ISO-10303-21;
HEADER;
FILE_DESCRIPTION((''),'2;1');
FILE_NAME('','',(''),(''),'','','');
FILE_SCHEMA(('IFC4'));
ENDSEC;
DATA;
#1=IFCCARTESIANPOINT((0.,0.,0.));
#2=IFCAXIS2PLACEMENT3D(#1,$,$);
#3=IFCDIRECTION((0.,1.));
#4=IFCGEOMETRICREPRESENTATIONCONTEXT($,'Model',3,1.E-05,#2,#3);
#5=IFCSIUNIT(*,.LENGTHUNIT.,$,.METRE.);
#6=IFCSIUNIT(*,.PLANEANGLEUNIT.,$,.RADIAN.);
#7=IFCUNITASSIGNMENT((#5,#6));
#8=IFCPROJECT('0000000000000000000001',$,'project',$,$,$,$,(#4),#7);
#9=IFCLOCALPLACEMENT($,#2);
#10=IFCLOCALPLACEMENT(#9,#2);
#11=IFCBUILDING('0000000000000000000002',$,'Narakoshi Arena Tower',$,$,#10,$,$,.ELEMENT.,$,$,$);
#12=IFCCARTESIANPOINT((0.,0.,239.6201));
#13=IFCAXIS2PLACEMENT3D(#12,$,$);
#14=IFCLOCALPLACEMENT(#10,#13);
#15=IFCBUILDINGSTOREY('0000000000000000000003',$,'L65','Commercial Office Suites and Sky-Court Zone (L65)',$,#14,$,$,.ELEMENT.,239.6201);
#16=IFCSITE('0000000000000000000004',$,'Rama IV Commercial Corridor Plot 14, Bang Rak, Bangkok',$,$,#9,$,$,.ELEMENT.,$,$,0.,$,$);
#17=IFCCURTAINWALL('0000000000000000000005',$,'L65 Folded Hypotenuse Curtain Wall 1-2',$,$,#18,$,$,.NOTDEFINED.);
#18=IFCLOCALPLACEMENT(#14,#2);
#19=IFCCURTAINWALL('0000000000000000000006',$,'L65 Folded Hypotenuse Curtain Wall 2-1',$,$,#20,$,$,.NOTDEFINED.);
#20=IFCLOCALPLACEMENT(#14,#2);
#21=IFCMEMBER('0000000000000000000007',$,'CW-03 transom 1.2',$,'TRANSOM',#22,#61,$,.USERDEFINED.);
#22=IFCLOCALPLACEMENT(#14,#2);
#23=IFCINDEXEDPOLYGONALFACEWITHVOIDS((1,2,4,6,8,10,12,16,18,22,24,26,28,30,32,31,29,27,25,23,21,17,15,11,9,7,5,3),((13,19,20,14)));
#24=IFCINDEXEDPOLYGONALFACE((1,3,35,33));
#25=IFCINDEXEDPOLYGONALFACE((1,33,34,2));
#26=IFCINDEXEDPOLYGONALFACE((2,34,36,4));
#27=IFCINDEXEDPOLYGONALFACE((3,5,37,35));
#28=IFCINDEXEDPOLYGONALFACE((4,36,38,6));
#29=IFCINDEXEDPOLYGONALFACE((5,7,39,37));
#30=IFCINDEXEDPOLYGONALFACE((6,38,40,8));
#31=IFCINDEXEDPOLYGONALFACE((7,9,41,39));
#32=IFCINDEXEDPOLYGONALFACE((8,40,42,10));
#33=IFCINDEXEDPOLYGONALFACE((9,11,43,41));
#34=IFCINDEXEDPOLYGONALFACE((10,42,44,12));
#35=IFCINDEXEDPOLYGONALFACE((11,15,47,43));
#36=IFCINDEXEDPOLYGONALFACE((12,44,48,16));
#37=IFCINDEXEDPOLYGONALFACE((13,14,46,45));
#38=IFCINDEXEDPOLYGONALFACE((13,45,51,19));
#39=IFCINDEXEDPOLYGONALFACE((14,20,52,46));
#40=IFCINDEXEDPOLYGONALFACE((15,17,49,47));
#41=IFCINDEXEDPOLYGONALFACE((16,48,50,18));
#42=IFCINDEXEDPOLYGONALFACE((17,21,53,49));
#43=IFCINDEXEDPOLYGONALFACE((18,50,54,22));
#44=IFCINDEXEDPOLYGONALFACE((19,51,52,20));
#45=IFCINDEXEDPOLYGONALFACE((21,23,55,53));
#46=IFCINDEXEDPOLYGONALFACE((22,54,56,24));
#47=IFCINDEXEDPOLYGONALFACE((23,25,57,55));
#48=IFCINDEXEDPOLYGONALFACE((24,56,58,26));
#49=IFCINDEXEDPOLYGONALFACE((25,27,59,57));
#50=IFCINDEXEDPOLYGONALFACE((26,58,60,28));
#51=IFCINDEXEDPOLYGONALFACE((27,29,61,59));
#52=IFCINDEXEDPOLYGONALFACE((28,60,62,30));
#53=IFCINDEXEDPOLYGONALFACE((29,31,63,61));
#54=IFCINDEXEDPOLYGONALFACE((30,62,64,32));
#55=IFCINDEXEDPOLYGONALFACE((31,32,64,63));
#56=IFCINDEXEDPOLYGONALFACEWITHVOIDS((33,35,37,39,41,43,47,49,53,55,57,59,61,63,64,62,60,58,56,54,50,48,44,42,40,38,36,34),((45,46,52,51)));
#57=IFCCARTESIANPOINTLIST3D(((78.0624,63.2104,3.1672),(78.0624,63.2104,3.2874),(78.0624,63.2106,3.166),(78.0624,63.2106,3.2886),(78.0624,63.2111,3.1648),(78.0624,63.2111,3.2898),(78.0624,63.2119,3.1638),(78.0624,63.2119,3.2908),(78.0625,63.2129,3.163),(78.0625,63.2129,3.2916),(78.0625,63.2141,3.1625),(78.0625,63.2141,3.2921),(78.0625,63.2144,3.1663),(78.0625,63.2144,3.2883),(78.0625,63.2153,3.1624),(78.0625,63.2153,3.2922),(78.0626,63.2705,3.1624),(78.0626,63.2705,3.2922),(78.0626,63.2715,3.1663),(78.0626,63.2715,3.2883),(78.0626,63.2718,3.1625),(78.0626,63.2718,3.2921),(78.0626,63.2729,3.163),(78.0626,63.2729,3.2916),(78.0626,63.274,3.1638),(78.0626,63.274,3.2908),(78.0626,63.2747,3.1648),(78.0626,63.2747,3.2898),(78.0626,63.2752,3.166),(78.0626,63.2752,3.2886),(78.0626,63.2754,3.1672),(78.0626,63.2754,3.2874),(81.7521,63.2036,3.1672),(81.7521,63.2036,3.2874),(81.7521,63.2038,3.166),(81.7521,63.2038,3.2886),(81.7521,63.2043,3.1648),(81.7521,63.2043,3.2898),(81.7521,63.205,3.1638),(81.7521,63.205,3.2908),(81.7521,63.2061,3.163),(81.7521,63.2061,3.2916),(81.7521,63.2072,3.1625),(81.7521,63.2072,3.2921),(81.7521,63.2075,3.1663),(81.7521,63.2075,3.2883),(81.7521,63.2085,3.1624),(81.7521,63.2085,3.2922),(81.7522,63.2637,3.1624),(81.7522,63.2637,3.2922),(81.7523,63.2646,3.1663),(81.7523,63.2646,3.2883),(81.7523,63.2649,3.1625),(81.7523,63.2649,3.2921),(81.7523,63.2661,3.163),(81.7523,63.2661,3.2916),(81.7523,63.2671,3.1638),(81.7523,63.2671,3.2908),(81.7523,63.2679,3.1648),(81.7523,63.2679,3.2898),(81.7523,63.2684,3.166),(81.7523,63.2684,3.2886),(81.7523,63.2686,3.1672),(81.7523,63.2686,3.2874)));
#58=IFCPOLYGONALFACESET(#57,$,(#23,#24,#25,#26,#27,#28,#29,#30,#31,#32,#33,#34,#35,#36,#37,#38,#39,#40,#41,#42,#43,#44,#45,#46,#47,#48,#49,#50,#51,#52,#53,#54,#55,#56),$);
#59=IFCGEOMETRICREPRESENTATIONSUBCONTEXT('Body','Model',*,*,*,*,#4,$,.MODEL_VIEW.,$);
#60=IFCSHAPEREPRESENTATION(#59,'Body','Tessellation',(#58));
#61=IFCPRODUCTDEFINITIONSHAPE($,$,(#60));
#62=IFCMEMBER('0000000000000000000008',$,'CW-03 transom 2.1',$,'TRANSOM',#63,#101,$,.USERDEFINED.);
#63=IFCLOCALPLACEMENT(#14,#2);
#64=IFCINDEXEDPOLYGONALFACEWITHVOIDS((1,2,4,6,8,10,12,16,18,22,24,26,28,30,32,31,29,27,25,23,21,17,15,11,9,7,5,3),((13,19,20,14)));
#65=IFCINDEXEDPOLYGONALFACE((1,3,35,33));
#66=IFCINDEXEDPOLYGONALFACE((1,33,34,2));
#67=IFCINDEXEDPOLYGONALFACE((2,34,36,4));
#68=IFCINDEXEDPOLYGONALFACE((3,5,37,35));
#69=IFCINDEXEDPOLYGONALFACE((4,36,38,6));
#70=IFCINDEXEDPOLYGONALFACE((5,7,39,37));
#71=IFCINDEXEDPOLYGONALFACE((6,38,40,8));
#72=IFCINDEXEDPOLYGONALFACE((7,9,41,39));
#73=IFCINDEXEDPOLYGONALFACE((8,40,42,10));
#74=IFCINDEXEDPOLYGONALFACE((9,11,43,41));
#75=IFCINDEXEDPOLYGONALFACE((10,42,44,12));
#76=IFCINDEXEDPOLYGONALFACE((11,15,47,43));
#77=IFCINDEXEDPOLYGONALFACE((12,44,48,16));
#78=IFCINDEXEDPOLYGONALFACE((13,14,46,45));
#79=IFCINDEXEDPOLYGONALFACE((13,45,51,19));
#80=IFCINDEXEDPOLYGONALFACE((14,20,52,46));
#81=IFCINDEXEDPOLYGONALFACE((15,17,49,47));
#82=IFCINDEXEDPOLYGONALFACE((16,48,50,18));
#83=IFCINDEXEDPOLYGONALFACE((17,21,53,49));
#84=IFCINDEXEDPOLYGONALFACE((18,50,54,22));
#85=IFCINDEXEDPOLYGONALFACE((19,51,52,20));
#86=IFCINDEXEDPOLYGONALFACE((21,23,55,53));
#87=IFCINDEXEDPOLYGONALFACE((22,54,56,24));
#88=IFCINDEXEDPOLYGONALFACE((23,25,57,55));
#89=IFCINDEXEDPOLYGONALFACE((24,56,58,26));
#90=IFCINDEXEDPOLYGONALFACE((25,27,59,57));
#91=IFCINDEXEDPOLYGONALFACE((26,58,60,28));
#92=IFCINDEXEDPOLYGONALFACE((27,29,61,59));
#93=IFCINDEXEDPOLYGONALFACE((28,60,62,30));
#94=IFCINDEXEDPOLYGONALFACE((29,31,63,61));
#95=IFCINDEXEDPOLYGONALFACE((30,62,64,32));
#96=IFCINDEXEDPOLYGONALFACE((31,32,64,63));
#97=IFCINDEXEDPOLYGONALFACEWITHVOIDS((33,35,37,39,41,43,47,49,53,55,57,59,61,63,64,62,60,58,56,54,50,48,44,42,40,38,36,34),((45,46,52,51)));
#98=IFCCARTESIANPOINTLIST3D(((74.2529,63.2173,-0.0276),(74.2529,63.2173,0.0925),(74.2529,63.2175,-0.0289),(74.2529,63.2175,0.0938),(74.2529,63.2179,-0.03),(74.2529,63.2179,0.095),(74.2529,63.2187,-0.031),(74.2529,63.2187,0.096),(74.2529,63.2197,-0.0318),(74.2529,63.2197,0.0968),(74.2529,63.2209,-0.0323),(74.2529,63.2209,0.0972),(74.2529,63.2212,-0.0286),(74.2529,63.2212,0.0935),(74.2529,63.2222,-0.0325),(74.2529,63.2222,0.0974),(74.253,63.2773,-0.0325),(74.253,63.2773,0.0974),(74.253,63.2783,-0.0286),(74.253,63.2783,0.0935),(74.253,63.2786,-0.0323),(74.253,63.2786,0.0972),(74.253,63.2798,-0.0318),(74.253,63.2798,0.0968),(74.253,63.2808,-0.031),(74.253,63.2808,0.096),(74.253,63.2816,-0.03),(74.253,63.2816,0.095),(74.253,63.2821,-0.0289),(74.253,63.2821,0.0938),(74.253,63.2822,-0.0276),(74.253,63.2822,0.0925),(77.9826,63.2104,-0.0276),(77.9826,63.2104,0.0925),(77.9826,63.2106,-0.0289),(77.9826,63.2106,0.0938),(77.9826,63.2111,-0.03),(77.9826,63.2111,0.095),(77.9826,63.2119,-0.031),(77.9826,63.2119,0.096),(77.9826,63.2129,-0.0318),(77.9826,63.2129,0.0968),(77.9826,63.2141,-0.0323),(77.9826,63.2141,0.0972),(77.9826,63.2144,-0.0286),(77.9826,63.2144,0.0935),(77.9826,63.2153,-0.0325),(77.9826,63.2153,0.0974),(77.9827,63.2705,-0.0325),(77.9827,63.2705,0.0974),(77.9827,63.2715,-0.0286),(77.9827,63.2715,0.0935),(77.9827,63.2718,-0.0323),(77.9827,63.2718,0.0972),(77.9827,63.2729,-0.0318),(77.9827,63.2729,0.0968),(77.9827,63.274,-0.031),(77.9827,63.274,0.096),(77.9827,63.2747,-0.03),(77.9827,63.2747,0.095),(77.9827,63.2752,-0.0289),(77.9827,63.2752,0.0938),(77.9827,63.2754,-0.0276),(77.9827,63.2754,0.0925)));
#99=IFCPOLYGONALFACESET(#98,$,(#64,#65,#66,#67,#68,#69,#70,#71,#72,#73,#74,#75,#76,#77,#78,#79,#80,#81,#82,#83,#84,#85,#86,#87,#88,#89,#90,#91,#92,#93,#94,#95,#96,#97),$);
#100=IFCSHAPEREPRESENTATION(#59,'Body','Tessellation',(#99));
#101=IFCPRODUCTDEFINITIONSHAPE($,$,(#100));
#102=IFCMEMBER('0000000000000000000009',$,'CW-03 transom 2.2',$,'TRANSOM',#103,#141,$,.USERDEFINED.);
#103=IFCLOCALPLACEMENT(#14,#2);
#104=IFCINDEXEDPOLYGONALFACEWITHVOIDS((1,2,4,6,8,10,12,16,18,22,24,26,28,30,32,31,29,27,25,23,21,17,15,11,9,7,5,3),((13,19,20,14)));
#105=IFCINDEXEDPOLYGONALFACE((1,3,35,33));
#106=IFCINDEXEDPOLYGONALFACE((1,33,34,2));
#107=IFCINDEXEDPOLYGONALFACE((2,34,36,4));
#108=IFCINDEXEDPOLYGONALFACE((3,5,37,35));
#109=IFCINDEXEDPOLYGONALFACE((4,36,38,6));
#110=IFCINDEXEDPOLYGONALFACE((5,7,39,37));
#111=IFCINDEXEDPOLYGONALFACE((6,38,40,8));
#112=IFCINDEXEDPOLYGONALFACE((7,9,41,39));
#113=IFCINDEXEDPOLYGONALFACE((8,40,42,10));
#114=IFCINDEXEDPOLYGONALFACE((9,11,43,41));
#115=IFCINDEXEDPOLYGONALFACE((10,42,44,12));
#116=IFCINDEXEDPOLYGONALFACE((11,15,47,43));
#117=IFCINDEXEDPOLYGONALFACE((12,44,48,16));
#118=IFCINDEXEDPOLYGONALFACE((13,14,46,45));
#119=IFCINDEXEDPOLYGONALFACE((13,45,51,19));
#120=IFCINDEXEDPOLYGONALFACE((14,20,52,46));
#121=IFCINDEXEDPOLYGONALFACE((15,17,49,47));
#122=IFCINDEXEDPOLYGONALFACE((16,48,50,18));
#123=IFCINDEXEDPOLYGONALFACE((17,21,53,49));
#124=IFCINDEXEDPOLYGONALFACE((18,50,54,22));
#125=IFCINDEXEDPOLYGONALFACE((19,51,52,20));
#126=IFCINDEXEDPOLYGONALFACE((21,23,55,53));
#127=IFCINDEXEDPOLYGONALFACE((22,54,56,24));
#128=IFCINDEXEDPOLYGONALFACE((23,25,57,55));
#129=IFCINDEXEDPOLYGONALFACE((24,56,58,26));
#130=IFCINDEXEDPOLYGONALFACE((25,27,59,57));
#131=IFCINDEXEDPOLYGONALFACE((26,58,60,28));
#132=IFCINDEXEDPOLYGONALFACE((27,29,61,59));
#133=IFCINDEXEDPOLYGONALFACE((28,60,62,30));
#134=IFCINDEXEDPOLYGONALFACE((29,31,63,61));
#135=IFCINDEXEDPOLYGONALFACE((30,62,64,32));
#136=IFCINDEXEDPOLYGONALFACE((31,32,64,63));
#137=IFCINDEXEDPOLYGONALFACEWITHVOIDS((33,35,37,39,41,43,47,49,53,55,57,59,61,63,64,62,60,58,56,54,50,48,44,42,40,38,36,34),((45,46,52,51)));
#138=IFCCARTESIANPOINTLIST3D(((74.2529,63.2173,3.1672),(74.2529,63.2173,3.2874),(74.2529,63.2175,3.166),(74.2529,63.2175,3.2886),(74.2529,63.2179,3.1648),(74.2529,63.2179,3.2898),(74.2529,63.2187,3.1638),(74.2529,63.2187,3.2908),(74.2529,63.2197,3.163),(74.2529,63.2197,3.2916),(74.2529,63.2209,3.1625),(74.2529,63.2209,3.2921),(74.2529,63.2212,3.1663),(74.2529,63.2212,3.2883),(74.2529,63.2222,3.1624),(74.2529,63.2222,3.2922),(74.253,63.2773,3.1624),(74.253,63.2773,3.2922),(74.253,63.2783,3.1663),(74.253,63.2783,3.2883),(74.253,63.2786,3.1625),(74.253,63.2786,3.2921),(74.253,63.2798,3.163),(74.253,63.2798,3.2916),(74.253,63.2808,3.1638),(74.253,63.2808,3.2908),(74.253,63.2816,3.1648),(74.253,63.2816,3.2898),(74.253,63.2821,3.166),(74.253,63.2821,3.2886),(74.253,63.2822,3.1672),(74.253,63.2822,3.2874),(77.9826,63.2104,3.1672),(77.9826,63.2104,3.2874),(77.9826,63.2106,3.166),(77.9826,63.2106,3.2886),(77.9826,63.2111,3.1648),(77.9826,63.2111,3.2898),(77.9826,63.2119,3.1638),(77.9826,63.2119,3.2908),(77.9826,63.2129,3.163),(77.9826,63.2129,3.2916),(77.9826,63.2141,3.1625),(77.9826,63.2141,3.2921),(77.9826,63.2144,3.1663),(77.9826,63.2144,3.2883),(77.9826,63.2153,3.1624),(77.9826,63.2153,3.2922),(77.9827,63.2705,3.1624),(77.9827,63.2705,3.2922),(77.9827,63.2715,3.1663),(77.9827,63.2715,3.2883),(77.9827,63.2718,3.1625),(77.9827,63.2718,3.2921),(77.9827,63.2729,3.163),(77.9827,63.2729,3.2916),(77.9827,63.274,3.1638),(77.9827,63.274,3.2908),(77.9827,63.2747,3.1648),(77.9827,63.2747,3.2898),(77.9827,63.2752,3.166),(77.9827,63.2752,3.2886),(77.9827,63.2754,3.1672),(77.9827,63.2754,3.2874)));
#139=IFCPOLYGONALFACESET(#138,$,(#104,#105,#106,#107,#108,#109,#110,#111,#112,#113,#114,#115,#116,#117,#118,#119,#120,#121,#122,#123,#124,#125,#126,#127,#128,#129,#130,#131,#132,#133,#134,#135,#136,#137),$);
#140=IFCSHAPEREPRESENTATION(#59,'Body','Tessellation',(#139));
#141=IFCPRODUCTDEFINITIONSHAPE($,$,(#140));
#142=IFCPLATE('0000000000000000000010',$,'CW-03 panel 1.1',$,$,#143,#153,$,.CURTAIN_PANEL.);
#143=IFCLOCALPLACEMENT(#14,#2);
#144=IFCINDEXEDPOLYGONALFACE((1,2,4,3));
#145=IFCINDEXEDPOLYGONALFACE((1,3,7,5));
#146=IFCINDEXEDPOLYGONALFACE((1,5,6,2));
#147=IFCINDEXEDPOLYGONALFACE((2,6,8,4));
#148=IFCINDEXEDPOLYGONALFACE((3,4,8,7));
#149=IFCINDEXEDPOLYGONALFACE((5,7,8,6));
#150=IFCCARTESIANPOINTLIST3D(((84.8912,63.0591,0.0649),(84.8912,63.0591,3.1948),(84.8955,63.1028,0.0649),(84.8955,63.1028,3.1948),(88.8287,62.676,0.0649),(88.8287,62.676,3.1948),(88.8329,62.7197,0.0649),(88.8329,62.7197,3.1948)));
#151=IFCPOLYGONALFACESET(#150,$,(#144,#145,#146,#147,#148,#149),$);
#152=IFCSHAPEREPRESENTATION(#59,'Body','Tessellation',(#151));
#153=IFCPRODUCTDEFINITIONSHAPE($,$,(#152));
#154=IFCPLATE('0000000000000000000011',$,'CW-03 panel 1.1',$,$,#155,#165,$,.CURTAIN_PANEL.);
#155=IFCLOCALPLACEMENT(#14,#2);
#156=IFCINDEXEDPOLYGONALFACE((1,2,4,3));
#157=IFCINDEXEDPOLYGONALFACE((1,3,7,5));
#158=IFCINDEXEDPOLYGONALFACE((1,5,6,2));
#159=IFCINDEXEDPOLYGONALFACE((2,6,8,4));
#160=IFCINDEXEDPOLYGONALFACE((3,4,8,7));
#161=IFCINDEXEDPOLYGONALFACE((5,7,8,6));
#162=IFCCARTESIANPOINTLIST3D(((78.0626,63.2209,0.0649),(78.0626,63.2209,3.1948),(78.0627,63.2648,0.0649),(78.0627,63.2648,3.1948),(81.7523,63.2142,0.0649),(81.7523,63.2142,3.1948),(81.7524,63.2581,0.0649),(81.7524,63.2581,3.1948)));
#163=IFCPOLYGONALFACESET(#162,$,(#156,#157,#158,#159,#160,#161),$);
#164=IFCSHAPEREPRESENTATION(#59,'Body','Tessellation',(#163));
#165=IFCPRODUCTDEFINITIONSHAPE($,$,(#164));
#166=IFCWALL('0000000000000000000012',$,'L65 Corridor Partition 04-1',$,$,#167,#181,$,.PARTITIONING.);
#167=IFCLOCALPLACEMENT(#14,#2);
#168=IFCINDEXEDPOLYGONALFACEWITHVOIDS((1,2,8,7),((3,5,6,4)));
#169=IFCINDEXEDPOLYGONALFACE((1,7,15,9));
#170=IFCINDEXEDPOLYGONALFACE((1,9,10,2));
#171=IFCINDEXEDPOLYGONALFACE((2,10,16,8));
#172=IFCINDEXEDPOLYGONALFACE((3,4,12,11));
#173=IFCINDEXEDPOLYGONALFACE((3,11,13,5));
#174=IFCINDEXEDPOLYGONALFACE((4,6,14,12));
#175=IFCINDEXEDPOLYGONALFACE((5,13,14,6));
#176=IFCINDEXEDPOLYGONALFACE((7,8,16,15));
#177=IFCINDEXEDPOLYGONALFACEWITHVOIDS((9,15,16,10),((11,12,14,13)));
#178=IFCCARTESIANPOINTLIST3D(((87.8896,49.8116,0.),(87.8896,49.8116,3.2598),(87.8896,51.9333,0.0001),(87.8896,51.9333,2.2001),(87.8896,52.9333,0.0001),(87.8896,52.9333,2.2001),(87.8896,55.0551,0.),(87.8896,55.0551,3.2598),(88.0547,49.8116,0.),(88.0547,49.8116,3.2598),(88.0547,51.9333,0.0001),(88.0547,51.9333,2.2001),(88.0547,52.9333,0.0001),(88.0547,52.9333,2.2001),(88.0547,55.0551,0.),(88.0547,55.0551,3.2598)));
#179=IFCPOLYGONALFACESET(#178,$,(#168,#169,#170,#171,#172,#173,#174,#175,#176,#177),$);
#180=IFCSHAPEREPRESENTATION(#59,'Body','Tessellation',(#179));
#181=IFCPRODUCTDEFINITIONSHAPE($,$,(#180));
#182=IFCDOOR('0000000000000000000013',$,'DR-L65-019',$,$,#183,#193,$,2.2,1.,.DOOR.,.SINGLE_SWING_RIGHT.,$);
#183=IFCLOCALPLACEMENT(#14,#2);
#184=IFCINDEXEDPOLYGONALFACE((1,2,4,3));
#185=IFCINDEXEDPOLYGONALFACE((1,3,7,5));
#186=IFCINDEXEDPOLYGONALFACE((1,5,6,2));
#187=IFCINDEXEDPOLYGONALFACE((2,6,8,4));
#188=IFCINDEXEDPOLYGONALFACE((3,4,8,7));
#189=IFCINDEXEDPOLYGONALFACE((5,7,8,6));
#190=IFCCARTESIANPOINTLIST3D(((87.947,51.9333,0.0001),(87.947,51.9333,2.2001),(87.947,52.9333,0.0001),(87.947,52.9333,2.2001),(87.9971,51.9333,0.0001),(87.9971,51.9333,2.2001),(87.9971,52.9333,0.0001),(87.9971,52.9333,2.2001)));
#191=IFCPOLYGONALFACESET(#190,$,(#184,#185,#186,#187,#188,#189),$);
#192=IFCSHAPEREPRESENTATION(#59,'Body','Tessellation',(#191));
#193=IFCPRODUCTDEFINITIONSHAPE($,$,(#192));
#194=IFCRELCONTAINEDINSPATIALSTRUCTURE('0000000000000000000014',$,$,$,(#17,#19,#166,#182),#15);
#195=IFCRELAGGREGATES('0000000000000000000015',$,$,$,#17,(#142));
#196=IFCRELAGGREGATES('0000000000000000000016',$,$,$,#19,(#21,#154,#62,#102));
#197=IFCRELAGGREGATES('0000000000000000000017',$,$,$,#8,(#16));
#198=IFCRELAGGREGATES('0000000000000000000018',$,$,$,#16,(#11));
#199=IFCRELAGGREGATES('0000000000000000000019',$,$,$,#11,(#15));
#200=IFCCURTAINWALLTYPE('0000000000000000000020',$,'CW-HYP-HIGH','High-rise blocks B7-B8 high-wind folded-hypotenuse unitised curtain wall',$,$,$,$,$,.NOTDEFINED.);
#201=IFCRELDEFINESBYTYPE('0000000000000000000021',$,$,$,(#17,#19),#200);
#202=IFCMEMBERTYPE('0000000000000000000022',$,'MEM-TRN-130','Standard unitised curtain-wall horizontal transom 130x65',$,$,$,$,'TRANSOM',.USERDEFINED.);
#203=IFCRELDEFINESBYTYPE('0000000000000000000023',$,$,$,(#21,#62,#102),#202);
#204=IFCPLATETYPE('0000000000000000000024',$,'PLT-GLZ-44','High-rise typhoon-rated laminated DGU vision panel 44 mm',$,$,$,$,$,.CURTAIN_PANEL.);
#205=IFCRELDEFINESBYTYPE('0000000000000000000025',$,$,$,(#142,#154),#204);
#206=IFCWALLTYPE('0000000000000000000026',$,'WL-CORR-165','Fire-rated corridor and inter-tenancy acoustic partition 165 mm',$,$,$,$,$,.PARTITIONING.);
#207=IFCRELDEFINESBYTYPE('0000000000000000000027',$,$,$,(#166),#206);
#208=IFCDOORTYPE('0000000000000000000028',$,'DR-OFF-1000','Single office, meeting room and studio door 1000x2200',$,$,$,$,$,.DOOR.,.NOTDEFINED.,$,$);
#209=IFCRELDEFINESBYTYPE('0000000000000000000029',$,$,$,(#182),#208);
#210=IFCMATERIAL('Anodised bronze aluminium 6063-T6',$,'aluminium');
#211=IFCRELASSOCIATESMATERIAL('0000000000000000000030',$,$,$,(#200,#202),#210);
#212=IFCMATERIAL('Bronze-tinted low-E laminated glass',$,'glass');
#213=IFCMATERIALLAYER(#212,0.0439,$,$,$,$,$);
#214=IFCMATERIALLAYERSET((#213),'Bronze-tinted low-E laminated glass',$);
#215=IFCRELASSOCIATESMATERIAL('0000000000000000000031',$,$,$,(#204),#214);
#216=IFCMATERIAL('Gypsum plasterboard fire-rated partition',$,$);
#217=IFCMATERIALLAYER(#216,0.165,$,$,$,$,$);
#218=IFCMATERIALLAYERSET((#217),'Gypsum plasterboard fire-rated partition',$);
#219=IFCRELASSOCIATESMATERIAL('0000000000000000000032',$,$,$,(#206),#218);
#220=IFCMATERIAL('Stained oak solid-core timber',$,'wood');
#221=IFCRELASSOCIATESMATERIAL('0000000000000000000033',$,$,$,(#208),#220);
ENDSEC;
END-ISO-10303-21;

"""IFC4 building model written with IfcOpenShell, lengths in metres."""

from ifc_helpers import new_model, si_unit, direction, frame, frame_2d, origin, origin_2d, place, context, subcontext, project, spatial, rectangle, hollow_rectangle, extrude, material, layer, layer_set, material_profile, profile_set, type_object, element, fill, aggregate, save


model = new_model("IFC4")

# Units and contexts
model_context = context("Model", 3, precision=1e-05, world=origin(), true_north=direction((0.0, 1.0)))
body_context = subcontext(model_context, "Body", "Model", "MODEL_VIEW")
ifc_project = project(units=[si_unit("LENGTHUNIT", "METRE"), si_unit("PLANEANGLEUNIT", "RADIAN")], contexts=[model_context])

# Site, building, storey
site_placement = place(None, origin())
site = spatial("IfcSite", under=ifc_project, at=site_placement, Name="Rama IV Commercial Corridor Plot 14, Bang Rak, Bangkok", CompositionType="ELEMENT", RefElevation=0.0)
building_placement = place(site_placement, origin())
building = spatial("IfcBuilding", under=site, at=building_placement, Name="Narakoshi Arena Tower", CompositionType="ELEMENT")
storey_placement = place(building_placement, frame((0.0, 0.0, 239.6201)))
storey = spatial("IfcBuildingStorey", under=building, at=storey_placement, Name="L65", Description="Commercial Office Suites and Sky-Court Zone (L65)", CompositionType="ELEMENT", Elevation=239.6201)

# Curtain wall
ifc_material_1 = material(Name="Anodised bronze aluminium 6063-T6", Category="aluminium")
curtain_wall_type = type_object("IfcCurtainWallType", Name="CW-HYP-HIGH", Description="High-rise blocks B7-B8 high-wind folded-hypotenuse unitised curtain wall", PredefinedType="NOTDEFINED", material=ifc_material_1)
curtain_wall_1_placement = place(storey_placement, origin())
curtain_wall_1 = element("IfcCurtainWall", 1, at=curtain_wall_1_placement, inside=storey, type_object=curtain_wall_type, Name="L65 Folded Hypotenuse Curtain Wall 1-2", PredefinedType="NOTDEFINED")

# Curtain wall, members
curtain_wall_2_placement = place(storey_placement, origin())
curtain_wall_2 = element("IfcCurtainWall", 2, at=curtain_wall_2_placement, inside=storey, type_object=curtain_wall_type, Name="L65 Folded Hypotenuse Curtain Wall 2-1", PredefinedType="NOTDEFINED")
ifc_material_profile_1 = material_profile(ifc_material_1, hollow_rectangle(XDim=0.0649, YDim=0.1299, WallThickness=0.0039, OuterFilletRadius=0.0049, at=origin_2d()), Name="TRN130x65x4")
ifc_profile_set_1 = profile_set([ifc_material_profile_1], Name="Anodised bronze aluminium 6063-T6")
member_type_1 = type_object("IfcMemberType", Name="MEM-TRN-130", Description="Standard unitised curtain-wall horizontal transom 130x65", ElementType="TRANSOM", PredefinedType="USERDEFINED", material=ifc_profile_set_1)
member_1_placement = place(storey_placement, frame((81.7522, 63.2361, 3.2273), z_axis=(-0.999998, 0.001853, 0.0), x_axis=(-0.001853, -0.999998, 0.0)))
member_1 = element("IfcMember", 3, at=member_1_placement, type_object=member_type_1, Name="CW-03 transom 1.2", ObjectType="TRANSOM", PredefinedType="USERDEFINED", context=body_context, shape_type="SweptSolid", body=[
    extrude(hollow_rectangle(XDim=0.0649, YDim=0.1299, WallThickness=0.0039, OuterFilletRadius=0.0049, at=origin_2d()), origin(), (0.0, 0.0, 1.0), 3.6897),
])
member_2_placement = place(storey_placement, frame((77.9827, 63.2429, 0.0325), z_axis=(-0.999998, 0.001833, 0.0), x_axis=(-0.001833, -0.999998, 0.0)))
member_2 = element("IfcMember", 4, at=member_2_placement, type_object=member_type_1, Name="CW-03 transom 2.1", ObjectType="TRANSOM", PredefinedType="USERDEFINED", context=body_context, shape_type="SweptSolid", body=[
    extrude(hollow_rectangle(XDim=0.0649, YDim=0.1299, WallThickness=0.0039, OuterFilletRadius=0.0049, at=origin_2d()), origin(), (0.0, 0.0, 1.0), 3.7297),
])
member_3_placement = place(storey_placement, frame((77.9827, 63.2429, 3.2273), z_axis=(-0.999998, 0.001833, 0.0), x_axis=(-0.001833, -0.999998, 0.0)))
member_3 = element("IfcMember", 5, at=member_3_placement, type_object=member_type_1, Name="CW-03 transom 2.2", ObjectType="TRANSOM", PredefinedType="USERDEFINED", context=body_context, shape_type="SweptSolid", body=[
    extrude(hollow_rectangle(XDim=0.0649, YDim=0.1299, WallThickness=0.0039, OuterFilletRadius=0.0049, at=origin_2d()), origin(), (0.0, 0.0, 1.0), 3.7297),
])

# Plates
ifc_material_2 = material(Name="Bronze-tinted low-E laminated glass", Category="glass")
ifc_layer_1 = layer(ifc_material_2, 0.0439)
ifc_layer_set_1 = layer_set([ifc_layer_1], Name="Bronze-tinted low-E laminated glass")
plate_type = type_object("IfcPlateType", Name="PLT-GLZ-44", Description="High-rise typhoon-rated laminated DGU vision panel 44 mm", PredefinedType="CURTAIN_PANEL", material=ifc_layer_set_1)
plate_1_placement = place(storey_placement, frame((86.8621, 62.8894, 0.0649), z_axis=(0.0, 0.0, 1.0), x_axis=(-0.9953, 0.096843, 0.0)))
plate_1 = element("IfcPlate", 6, at=plate_1_placement, type_object=plate_type, Name="CW-03 panel 1.1", PredefinedType="CURTAIN_PANEL", context=body_context, shape_type="SweptSolid", body=[
    extrude(rectangle(XDim=3.9561, YDim=0.0439, at=origin_2d()), origin(), (0.0, 0.0, 1.0), 3.1299),
])
aggregate(curtain_wall_1, [plate_1])
plate_2_placement = place(storey_placement, frame((79.9075, 63.2395, 0.0649), z_axis=(0.0, 0.0, 1.0), x_axis=(-0.999998, 0.00182, 0.0)))
plate_2 = element("IfcPlate", 7, at=plate_2_placement, type_object=plate_type, Name="CW-03 panel 1.1", PredefinedType="CURTAIN_PANEL", context=body_context, shape_type="SweptSolid", body=[
    extrude(rectangle(XDim=3.6897, YDim=0.0439, at=origin_2d()), origin(), (0.0, 0.0, 1.0), 3.1299),
])
aggregate(curtain_wall_2, [member_1, plate_2, member_2, member_3])

# Wall, opening, door
ifc_material_3 = material(Name="Gypsum plasterboard fire-rated partition")
ifc_layer_2 = layer(ifc_material_3, 0.165)
ifc_layer_set_2 = layer_set([ifc_layer_2], Name="Gypsum plasterboard fire-rated partition")
wall_type_1 = type_object("IfcWallType", Name="WL-CORR-165", Description="Fire-rated corridor and inter-tenancy acoustic partition 165 mm", PredefinedType="PARTITIONING", material=ifc_layer_set_2)
wall_1_placement = place(storey_placement, frame((87.9722, 49.8118, 0.0), z_axis=(0.0, 0.0, 1.0), x_axis=(0.0, 1.0, 0.0)))
wall_1 = element("IfcWall", 8, at=wall_1_placement, inside=storey, type_object=wall_type_1, Name="L65 Corridor Partition 04-1", PredefinedType="PARTITIONING", context=body_context, shape_type="SweptSolid", body=[
    extrude(rectangle(XDim=5.2434, YDim=0.165, at=frame_2d((2.6216, 0.0))), origin(), (0.0, 0.0, 1.0), 3.2598),
])
opening_1_placement = place(wall_1_placement, frame((2.1216, 0.0, 0.0)))
opening_1 = element("IfcOpeningElement", 9, at=opening_1_placement, cuts=wall_1, PredefinedType="OPENING", context=body_context, shape_type="SweptSolid", body=[
    extrude(rectangle(XDim=1.0, YDim=2.2, at=frame_2d((0.5, 1.1001))), frame((0.0, 0.0925, 0.0), z_axis=(0.0, -1.0, 0.0), x_axis=(1.0, 0.0, 0.0)), (0.0, 0.0, 1.0), 0.1851),
])
ifc_material_4 = material(Name="Stained oak solid-core timber", Category="wood")
door_type_1 = type_object("IfcDoorType", Name="DR-OFF-1000", Description="Single office, meeting room and studio door 1000x2200", OperationType="NOTDEFINED", PredefinedType="DOOR", material=ifc_material_4)
door_1_placement = place(opening_1_placement, frame((1.0, 0.0, 0.0), z_axis=(0.0, 0.0, 1.0), x_axis=(-1.0, 0.0, 0.0)))
door_1 = element("IfcDoor", 10, at=door_1_placement, inside=storey, type_object=door_type_1, Name="DR-L65-019", OperationType="SINGLE_SWING_RIGHT", OverallHeight=2.2, OverallWidth=1.0, PredefinedType="DOOR", context=body_context, shape_type="SweptSolid", body=[
    extrude(rectangle(XDim=1.0, YDim=2.2, at=frame_2d((0.5, 1.1001))), frame((0.0, 0.0249, 0.0), z_axis=(0.0, -1.0, 0.0), x_axis=(1.0, 0.0, 0.0)), (0.0, 0.0, 1.0), 0.05),
])
fill(opening_1, door_1)

save(model, "model.ifc")
